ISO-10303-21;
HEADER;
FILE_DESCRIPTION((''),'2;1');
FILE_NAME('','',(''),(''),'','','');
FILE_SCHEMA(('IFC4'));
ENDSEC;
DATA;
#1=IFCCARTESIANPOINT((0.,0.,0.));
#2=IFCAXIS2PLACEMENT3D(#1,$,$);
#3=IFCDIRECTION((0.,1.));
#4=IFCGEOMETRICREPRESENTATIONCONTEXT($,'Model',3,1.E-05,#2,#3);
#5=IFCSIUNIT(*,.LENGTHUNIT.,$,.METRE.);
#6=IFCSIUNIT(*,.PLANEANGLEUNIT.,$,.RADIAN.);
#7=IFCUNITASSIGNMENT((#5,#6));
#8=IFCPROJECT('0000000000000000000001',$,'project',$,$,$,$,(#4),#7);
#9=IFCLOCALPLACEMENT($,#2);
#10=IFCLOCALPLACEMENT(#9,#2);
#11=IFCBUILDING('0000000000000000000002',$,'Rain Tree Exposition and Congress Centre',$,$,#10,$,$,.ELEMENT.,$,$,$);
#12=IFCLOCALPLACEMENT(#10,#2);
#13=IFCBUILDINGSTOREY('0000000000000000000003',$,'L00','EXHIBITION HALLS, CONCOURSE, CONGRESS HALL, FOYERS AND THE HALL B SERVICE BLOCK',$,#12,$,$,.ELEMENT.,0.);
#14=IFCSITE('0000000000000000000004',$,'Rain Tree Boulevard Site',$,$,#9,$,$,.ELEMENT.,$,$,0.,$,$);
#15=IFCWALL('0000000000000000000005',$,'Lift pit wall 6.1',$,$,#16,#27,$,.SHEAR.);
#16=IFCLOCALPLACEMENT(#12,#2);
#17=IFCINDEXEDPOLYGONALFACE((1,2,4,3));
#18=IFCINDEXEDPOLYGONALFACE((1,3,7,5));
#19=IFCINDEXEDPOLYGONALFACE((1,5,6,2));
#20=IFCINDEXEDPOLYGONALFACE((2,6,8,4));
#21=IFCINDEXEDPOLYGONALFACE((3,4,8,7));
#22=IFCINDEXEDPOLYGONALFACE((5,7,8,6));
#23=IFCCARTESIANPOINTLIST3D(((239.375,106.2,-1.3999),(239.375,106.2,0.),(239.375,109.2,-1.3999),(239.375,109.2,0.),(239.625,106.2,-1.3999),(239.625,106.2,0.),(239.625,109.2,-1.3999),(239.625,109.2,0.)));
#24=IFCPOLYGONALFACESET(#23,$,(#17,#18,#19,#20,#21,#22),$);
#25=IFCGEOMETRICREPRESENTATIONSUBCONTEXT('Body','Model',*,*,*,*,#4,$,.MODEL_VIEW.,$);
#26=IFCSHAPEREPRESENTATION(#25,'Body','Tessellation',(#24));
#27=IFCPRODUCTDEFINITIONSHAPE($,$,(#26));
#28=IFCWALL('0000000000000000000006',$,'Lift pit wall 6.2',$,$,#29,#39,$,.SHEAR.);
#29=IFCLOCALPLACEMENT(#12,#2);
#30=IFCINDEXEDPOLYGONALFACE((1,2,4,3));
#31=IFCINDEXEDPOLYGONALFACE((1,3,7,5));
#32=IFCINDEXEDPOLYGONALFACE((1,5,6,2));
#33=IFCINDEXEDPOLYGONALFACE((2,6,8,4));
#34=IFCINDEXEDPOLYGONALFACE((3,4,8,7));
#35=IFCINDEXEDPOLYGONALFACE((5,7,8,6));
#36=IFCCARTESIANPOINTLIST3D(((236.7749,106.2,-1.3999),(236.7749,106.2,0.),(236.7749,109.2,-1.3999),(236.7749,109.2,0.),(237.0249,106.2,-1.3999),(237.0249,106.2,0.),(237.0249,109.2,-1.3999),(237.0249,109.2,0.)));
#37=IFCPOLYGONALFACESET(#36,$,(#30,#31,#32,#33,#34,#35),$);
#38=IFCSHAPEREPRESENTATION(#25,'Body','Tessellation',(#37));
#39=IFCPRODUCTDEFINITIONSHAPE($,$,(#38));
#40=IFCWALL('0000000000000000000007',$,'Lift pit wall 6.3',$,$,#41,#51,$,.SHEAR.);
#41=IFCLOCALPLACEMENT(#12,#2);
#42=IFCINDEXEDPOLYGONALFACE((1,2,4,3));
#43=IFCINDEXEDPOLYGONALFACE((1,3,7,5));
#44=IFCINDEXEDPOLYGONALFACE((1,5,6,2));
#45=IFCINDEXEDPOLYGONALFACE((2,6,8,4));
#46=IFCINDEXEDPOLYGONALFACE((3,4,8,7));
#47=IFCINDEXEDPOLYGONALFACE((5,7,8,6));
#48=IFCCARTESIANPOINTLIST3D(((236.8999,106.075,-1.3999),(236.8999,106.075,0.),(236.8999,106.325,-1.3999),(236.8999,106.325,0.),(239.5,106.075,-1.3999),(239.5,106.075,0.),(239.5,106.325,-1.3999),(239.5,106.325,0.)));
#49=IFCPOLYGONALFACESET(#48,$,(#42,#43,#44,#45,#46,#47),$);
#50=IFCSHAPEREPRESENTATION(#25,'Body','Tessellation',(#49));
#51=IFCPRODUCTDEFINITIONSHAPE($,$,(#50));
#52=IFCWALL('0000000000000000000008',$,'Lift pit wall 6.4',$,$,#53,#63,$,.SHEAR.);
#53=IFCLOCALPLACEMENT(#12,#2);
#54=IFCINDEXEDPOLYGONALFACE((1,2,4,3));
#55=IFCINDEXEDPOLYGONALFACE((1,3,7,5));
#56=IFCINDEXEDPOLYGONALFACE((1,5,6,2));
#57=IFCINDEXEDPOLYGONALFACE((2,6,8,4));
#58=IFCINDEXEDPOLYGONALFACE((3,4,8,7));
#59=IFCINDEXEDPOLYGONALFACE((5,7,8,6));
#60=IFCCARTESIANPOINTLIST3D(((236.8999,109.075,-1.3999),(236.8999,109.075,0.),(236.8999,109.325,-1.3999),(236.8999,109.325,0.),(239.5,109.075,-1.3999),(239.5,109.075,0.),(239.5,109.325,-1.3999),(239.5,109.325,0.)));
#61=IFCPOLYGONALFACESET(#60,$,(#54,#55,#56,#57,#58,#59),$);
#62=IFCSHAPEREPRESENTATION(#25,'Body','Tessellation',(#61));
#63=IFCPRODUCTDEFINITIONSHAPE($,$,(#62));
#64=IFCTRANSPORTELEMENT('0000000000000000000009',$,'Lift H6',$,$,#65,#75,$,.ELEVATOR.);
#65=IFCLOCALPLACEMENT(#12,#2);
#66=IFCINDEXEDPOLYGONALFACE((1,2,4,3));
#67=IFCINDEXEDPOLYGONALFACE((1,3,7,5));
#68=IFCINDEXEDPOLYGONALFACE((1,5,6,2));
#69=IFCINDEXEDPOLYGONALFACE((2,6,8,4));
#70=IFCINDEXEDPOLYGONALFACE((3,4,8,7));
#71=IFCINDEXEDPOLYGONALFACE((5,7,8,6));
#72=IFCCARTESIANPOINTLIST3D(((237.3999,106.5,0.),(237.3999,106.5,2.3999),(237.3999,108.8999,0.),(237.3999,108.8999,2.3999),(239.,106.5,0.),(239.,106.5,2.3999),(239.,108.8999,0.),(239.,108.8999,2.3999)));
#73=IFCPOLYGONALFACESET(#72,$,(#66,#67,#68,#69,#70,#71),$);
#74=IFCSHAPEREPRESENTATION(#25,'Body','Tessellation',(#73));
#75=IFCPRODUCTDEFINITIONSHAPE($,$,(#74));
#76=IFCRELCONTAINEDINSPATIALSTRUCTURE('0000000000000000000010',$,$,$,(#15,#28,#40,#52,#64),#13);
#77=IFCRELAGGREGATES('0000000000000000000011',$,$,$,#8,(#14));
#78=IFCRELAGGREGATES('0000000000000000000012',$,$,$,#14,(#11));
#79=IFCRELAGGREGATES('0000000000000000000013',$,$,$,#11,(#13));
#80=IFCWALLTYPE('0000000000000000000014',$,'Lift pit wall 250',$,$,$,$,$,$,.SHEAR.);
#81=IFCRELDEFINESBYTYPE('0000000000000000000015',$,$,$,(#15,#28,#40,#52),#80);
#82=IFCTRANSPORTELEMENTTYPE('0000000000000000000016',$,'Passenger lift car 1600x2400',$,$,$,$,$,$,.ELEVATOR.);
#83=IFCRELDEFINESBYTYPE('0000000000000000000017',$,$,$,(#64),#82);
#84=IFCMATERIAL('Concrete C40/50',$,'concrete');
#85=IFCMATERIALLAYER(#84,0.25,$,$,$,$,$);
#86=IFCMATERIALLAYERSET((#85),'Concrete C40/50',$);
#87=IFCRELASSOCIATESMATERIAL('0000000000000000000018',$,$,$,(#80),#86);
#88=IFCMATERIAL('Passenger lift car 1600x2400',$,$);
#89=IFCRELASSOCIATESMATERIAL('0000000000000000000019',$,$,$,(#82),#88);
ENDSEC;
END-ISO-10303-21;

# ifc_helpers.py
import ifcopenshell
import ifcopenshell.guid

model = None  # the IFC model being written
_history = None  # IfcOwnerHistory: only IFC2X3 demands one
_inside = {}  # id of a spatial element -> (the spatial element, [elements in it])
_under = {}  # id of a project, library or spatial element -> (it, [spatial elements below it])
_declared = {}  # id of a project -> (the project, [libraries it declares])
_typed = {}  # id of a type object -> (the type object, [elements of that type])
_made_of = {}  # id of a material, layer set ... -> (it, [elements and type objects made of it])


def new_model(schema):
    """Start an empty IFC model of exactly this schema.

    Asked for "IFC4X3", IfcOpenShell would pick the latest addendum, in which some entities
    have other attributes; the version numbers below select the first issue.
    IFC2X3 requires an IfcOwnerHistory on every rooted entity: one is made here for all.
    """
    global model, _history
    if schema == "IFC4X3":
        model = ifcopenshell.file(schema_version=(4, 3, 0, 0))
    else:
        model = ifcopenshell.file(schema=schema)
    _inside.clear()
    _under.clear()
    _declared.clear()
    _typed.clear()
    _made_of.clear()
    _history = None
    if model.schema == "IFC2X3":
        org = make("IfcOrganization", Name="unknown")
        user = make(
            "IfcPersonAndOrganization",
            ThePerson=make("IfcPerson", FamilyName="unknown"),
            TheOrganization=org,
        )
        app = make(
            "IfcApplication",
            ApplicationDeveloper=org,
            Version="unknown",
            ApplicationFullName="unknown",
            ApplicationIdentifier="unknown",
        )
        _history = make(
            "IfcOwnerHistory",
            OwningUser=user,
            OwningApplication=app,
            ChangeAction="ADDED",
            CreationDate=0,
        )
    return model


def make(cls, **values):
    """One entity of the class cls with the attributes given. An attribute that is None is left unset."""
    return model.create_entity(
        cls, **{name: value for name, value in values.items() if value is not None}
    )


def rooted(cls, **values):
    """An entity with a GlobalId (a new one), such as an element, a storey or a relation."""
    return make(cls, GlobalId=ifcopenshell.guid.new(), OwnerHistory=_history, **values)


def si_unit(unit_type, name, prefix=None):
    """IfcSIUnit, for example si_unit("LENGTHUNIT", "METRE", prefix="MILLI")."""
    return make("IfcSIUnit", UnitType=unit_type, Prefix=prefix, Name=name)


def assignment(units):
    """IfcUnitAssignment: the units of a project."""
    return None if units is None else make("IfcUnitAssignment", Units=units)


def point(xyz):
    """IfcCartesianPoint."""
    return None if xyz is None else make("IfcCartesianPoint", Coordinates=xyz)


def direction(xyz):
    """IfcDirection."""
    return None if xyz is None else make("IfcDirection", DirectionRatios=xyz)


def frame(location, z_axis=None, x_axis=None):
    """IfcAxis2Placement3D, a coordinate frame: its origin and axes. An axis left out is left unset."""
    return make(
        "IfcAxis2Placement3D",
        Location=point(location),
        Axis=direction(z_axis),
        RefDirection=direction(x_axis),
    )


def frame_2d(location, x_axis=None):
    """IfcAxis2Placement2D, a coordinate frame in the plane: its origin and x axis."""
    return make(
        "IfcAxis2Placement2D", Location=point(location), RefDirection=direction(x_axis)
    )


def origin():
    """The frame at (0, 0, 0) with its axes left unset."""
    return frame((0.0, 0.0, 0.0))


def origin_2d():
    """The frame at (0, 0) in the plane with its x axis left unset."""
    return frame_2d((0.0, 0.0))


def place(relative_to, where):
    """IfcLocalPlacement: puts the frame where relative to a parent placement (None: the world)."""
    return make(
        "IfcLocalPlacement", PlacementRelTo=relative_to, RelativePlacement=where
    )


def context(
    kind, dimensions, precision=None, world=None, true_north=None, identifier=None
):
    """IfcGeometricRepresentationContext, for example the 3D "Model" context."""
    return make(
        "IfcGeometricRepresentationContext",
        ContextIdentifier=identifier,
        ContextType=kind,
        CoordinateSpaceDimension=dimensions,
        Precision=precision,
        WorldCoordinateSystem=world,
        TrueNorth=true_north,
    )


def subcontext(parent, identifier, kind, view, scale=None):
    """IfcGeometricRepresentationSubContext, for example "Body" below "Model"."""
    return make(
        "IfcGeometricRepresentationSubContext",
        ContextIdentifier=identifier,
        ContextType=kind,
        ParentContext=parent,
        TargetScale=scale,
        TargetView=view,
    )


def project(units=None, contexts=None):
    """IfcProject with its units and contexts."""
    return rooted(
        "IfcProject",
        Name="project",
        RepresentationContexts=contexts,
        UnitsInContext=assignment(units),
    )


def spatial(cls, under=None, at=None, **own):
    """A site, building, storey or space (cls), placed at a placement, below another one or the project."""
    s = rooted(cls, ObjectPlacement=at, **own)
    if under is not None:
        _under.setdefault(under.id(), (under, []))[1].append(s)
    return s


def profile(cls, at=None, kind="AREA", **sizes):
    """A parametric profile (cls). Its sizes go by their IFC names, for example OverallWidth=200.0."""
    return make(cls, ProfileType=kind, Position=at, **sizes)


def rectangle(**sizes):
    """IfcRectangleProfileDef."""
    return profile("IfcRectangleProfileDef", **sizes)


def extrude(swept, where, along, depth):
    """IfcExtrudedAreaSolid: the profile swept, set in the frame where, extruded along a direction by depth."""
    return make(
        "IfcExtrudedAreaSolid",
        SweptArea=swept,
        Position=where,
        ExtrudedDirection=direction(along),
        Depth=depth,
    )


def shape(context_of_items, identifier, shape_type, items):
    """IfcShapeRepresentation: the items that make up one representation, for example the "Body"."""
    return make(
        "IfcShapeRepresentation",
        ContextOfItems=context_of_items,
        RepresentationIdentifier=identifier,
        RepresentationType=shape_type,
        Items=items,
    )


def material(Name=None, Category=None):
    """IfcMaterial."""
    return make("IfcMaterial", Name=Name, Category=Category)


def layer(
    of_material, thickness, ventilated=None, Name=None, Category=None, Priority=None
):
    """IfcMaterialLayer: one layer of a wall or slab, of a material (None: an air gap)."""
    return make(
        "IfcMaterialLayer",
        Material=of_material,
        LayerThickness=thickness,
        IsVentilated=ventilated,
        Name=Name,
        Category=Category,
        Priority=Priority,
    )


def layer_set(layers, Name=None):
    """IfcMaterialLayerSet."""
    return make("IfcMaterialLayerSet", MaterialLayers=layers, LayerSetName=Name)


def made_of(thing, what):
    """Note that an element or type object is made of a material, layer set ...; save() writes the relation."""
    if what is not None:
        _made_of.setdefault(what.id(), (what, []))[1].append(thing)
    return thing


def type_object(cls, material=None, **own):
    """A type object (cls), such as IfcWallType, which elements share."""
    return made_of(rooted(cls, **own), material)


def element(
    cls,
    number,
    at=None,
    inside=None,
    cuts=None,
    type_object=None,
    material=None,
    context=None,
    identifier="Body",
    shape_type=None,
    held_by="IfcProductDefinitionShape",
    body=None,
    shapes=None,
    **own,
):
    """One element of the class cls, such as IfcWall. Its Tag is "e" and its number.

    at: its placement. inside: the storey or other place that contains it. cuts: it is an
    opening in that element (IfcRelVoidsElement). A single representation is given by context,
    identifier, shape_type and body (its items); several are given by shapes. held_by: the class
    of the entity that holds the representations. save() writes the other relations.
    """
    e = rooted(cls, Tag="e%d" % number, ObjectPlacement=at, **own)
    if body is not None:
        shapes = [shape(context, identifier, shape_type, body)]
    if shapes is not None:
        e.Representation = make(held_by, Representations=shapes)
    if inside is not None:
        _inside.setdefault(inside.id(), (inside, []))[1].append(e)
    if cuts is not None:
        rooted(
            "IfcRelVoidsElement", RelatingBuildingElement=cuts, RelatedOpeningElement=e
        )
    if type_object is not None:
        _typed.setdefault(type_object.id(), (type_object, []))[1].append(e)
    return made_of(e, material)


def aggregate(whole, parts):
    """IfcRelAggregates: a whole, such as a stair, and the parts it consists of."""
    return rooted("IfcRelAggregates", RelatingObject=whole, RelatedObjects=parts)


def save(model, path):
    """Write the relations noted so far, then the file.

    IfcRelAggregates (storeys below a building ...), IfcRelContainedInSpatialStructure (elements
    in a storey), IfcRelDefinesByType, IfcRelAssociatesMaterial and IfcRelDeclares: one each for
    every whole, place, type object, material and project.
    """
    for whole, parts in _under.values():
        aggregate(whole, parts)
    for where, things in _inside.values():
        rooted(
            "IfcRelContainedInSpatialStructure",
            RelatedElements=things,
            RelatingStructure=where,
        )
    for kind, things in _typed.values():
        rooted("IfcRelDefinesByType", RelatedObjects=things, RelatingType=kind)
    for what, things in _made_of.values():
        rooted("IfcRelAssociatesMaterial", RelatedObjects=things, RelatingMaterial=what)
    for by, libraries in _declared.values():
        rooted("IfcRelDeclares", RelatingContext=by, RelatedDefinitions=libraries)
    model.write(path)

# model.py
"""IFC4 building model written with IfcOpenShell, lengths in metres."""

from ifc_helpers import new_model, si_unit, direction, frame, frame_2d, origin, origin_2d, place, context, subcontext, project, spatial, rectangle, extrude, material, layer, layer_set, type_object, element, save


model = new_model("IFC4")

# Units and contexts
model_context = context("Model", 3, precision=1e-05, world=origin(), true_north=direction((0.0, 1.0)))
body_context = subcontext(model_context, "Body", "Model", "MODEL_VIEW")
ifc_project = project(units=[si_unit("LENGTHUNIT", "METRE"), si_unit("PLANEANGLEUNIT", "RADIAN")], contexts=[model_context])

# Site, building, storey
site_placement = place(None, origin())
site = spatial("IfcSite", under=ifc_project, at=site_placement, Name="Rain Tree Boulevard Site", CompositionType="ELEMENT", RefElevation=0.0)
building_placement = place(site_placement, origin())
building = spatial("IfcBuilding", under=site, at=building_placement, Name="Rain Tree Exposition and Congress Centre", CompositionType="ELEMENT")
storey_placement = place(building_placement, origin())
storey = spatial("IfcBuildingStorey", under=building, at=storey_placement, Name="L00", Description="EXHIBITION HALLS, CONCOURSE, CONGRESS HALL, FOYERS AND THE HALL B SERVICE BLOCK", CompositionType="ELEMENT", Elevation=0.0)

# Walls
ifc_material_1 = material(Name="Concrete C40/50", Category="concrete")
ifc_layer_1 = layer(ifc_material_1, 0.25)
ifc_layer_set_1 = layer_set([ifc_layer_1], Name="Concrete C40/50")
wall_type_1 = type_object("IfcWallType", Name="Lift pit wall 250", PredefinedType="SHEAR", material=ifc_layer_set_1)
for number, where, z_axis, x_axis, name in (
    (1, (239.5, 106.2, -1.3999), (0.0, 0.0, 1.0), (0.0, 1.0, 0.0), "Lift pit wall 6.1"),
    (2, (236.8999, 106.2, -1.3999), (0.0, 0.0, 1.0), (0.0, 1.0, 0.0), "Lift pit wall 6.2"),
):
    element("IfcWall", number, at=place(storey_placement, frame(where, z_axis=z_axis, x_axis=x_axis)), inside=storey, type_object=wall_type_1, Name=name, PredefinedType="SHEAR", context=body_context, shape_type="SweptSolid", body=[
        extrude(rectangle(XDim=3.0, YDim=0.25, at=frame_2d((1.5, 0.0))), origin(), (0.0, 0.0, 1.0), 1.3999),
    ])
for number, where, z_axis, x_axis, name in (
    (3, (239.5, 106.2, -1.3999), (0.0, 0.0, 1.0), (-1.0, 0.0, 0.0), "Lift pit wall 6.3"),
    (4, (239.5, 109.2, -1.3999), (0.0, 0.0, 1.0), (-1.0, 0.0, 0.0), "Lift pit wall 6.4"),
):
    element("IfcWall", number, at=place(storey_placement, frame(where, z_axis=z_axis, x_axis=x_axis)), inside=storey, type_object=wall_type_1, Name=name, PredefinedType="SHEAR", context=body_context, shape_type="SweptSolid", body=[
        extrude(rectangle(XDim=2.6001, YDim=0.25, at=frame_2d((1.3, 0.0))), origin(), (0.0, 0.0, 1.0), 1.3999),
    ])

# Transport element
ifc_material_2 = material(Name="Passenger lift car 1600x2400")
transport_element_type = type_object("IfcTransportElementType", Name="Passenger lift car 1600x2400", PredefinedType="ELEVATOR", material=ifc_material_2)
transport_element_placement = place(storey_placement, frame((238.2, 107.7, 0.0), z_axis=(0.0, 0.0, 1.0), x_axis=(1.0, 0.0, 0.0)))
element("IfcTransportElement", 5, at=transport_element_placement, inside=storey, type_object=transport_element_type, Name="Lift H6", PredefinedType="ELEVATOR", context=body_context, shape_type="SweptSolid", body=[
    extrude(rectangle(XDim=1.6001, YDim=2.3999, at=origin_2d()), origin(), (0.0, 0.0, 1.0), 2.3999),
])

save(model, "model.ifc")
